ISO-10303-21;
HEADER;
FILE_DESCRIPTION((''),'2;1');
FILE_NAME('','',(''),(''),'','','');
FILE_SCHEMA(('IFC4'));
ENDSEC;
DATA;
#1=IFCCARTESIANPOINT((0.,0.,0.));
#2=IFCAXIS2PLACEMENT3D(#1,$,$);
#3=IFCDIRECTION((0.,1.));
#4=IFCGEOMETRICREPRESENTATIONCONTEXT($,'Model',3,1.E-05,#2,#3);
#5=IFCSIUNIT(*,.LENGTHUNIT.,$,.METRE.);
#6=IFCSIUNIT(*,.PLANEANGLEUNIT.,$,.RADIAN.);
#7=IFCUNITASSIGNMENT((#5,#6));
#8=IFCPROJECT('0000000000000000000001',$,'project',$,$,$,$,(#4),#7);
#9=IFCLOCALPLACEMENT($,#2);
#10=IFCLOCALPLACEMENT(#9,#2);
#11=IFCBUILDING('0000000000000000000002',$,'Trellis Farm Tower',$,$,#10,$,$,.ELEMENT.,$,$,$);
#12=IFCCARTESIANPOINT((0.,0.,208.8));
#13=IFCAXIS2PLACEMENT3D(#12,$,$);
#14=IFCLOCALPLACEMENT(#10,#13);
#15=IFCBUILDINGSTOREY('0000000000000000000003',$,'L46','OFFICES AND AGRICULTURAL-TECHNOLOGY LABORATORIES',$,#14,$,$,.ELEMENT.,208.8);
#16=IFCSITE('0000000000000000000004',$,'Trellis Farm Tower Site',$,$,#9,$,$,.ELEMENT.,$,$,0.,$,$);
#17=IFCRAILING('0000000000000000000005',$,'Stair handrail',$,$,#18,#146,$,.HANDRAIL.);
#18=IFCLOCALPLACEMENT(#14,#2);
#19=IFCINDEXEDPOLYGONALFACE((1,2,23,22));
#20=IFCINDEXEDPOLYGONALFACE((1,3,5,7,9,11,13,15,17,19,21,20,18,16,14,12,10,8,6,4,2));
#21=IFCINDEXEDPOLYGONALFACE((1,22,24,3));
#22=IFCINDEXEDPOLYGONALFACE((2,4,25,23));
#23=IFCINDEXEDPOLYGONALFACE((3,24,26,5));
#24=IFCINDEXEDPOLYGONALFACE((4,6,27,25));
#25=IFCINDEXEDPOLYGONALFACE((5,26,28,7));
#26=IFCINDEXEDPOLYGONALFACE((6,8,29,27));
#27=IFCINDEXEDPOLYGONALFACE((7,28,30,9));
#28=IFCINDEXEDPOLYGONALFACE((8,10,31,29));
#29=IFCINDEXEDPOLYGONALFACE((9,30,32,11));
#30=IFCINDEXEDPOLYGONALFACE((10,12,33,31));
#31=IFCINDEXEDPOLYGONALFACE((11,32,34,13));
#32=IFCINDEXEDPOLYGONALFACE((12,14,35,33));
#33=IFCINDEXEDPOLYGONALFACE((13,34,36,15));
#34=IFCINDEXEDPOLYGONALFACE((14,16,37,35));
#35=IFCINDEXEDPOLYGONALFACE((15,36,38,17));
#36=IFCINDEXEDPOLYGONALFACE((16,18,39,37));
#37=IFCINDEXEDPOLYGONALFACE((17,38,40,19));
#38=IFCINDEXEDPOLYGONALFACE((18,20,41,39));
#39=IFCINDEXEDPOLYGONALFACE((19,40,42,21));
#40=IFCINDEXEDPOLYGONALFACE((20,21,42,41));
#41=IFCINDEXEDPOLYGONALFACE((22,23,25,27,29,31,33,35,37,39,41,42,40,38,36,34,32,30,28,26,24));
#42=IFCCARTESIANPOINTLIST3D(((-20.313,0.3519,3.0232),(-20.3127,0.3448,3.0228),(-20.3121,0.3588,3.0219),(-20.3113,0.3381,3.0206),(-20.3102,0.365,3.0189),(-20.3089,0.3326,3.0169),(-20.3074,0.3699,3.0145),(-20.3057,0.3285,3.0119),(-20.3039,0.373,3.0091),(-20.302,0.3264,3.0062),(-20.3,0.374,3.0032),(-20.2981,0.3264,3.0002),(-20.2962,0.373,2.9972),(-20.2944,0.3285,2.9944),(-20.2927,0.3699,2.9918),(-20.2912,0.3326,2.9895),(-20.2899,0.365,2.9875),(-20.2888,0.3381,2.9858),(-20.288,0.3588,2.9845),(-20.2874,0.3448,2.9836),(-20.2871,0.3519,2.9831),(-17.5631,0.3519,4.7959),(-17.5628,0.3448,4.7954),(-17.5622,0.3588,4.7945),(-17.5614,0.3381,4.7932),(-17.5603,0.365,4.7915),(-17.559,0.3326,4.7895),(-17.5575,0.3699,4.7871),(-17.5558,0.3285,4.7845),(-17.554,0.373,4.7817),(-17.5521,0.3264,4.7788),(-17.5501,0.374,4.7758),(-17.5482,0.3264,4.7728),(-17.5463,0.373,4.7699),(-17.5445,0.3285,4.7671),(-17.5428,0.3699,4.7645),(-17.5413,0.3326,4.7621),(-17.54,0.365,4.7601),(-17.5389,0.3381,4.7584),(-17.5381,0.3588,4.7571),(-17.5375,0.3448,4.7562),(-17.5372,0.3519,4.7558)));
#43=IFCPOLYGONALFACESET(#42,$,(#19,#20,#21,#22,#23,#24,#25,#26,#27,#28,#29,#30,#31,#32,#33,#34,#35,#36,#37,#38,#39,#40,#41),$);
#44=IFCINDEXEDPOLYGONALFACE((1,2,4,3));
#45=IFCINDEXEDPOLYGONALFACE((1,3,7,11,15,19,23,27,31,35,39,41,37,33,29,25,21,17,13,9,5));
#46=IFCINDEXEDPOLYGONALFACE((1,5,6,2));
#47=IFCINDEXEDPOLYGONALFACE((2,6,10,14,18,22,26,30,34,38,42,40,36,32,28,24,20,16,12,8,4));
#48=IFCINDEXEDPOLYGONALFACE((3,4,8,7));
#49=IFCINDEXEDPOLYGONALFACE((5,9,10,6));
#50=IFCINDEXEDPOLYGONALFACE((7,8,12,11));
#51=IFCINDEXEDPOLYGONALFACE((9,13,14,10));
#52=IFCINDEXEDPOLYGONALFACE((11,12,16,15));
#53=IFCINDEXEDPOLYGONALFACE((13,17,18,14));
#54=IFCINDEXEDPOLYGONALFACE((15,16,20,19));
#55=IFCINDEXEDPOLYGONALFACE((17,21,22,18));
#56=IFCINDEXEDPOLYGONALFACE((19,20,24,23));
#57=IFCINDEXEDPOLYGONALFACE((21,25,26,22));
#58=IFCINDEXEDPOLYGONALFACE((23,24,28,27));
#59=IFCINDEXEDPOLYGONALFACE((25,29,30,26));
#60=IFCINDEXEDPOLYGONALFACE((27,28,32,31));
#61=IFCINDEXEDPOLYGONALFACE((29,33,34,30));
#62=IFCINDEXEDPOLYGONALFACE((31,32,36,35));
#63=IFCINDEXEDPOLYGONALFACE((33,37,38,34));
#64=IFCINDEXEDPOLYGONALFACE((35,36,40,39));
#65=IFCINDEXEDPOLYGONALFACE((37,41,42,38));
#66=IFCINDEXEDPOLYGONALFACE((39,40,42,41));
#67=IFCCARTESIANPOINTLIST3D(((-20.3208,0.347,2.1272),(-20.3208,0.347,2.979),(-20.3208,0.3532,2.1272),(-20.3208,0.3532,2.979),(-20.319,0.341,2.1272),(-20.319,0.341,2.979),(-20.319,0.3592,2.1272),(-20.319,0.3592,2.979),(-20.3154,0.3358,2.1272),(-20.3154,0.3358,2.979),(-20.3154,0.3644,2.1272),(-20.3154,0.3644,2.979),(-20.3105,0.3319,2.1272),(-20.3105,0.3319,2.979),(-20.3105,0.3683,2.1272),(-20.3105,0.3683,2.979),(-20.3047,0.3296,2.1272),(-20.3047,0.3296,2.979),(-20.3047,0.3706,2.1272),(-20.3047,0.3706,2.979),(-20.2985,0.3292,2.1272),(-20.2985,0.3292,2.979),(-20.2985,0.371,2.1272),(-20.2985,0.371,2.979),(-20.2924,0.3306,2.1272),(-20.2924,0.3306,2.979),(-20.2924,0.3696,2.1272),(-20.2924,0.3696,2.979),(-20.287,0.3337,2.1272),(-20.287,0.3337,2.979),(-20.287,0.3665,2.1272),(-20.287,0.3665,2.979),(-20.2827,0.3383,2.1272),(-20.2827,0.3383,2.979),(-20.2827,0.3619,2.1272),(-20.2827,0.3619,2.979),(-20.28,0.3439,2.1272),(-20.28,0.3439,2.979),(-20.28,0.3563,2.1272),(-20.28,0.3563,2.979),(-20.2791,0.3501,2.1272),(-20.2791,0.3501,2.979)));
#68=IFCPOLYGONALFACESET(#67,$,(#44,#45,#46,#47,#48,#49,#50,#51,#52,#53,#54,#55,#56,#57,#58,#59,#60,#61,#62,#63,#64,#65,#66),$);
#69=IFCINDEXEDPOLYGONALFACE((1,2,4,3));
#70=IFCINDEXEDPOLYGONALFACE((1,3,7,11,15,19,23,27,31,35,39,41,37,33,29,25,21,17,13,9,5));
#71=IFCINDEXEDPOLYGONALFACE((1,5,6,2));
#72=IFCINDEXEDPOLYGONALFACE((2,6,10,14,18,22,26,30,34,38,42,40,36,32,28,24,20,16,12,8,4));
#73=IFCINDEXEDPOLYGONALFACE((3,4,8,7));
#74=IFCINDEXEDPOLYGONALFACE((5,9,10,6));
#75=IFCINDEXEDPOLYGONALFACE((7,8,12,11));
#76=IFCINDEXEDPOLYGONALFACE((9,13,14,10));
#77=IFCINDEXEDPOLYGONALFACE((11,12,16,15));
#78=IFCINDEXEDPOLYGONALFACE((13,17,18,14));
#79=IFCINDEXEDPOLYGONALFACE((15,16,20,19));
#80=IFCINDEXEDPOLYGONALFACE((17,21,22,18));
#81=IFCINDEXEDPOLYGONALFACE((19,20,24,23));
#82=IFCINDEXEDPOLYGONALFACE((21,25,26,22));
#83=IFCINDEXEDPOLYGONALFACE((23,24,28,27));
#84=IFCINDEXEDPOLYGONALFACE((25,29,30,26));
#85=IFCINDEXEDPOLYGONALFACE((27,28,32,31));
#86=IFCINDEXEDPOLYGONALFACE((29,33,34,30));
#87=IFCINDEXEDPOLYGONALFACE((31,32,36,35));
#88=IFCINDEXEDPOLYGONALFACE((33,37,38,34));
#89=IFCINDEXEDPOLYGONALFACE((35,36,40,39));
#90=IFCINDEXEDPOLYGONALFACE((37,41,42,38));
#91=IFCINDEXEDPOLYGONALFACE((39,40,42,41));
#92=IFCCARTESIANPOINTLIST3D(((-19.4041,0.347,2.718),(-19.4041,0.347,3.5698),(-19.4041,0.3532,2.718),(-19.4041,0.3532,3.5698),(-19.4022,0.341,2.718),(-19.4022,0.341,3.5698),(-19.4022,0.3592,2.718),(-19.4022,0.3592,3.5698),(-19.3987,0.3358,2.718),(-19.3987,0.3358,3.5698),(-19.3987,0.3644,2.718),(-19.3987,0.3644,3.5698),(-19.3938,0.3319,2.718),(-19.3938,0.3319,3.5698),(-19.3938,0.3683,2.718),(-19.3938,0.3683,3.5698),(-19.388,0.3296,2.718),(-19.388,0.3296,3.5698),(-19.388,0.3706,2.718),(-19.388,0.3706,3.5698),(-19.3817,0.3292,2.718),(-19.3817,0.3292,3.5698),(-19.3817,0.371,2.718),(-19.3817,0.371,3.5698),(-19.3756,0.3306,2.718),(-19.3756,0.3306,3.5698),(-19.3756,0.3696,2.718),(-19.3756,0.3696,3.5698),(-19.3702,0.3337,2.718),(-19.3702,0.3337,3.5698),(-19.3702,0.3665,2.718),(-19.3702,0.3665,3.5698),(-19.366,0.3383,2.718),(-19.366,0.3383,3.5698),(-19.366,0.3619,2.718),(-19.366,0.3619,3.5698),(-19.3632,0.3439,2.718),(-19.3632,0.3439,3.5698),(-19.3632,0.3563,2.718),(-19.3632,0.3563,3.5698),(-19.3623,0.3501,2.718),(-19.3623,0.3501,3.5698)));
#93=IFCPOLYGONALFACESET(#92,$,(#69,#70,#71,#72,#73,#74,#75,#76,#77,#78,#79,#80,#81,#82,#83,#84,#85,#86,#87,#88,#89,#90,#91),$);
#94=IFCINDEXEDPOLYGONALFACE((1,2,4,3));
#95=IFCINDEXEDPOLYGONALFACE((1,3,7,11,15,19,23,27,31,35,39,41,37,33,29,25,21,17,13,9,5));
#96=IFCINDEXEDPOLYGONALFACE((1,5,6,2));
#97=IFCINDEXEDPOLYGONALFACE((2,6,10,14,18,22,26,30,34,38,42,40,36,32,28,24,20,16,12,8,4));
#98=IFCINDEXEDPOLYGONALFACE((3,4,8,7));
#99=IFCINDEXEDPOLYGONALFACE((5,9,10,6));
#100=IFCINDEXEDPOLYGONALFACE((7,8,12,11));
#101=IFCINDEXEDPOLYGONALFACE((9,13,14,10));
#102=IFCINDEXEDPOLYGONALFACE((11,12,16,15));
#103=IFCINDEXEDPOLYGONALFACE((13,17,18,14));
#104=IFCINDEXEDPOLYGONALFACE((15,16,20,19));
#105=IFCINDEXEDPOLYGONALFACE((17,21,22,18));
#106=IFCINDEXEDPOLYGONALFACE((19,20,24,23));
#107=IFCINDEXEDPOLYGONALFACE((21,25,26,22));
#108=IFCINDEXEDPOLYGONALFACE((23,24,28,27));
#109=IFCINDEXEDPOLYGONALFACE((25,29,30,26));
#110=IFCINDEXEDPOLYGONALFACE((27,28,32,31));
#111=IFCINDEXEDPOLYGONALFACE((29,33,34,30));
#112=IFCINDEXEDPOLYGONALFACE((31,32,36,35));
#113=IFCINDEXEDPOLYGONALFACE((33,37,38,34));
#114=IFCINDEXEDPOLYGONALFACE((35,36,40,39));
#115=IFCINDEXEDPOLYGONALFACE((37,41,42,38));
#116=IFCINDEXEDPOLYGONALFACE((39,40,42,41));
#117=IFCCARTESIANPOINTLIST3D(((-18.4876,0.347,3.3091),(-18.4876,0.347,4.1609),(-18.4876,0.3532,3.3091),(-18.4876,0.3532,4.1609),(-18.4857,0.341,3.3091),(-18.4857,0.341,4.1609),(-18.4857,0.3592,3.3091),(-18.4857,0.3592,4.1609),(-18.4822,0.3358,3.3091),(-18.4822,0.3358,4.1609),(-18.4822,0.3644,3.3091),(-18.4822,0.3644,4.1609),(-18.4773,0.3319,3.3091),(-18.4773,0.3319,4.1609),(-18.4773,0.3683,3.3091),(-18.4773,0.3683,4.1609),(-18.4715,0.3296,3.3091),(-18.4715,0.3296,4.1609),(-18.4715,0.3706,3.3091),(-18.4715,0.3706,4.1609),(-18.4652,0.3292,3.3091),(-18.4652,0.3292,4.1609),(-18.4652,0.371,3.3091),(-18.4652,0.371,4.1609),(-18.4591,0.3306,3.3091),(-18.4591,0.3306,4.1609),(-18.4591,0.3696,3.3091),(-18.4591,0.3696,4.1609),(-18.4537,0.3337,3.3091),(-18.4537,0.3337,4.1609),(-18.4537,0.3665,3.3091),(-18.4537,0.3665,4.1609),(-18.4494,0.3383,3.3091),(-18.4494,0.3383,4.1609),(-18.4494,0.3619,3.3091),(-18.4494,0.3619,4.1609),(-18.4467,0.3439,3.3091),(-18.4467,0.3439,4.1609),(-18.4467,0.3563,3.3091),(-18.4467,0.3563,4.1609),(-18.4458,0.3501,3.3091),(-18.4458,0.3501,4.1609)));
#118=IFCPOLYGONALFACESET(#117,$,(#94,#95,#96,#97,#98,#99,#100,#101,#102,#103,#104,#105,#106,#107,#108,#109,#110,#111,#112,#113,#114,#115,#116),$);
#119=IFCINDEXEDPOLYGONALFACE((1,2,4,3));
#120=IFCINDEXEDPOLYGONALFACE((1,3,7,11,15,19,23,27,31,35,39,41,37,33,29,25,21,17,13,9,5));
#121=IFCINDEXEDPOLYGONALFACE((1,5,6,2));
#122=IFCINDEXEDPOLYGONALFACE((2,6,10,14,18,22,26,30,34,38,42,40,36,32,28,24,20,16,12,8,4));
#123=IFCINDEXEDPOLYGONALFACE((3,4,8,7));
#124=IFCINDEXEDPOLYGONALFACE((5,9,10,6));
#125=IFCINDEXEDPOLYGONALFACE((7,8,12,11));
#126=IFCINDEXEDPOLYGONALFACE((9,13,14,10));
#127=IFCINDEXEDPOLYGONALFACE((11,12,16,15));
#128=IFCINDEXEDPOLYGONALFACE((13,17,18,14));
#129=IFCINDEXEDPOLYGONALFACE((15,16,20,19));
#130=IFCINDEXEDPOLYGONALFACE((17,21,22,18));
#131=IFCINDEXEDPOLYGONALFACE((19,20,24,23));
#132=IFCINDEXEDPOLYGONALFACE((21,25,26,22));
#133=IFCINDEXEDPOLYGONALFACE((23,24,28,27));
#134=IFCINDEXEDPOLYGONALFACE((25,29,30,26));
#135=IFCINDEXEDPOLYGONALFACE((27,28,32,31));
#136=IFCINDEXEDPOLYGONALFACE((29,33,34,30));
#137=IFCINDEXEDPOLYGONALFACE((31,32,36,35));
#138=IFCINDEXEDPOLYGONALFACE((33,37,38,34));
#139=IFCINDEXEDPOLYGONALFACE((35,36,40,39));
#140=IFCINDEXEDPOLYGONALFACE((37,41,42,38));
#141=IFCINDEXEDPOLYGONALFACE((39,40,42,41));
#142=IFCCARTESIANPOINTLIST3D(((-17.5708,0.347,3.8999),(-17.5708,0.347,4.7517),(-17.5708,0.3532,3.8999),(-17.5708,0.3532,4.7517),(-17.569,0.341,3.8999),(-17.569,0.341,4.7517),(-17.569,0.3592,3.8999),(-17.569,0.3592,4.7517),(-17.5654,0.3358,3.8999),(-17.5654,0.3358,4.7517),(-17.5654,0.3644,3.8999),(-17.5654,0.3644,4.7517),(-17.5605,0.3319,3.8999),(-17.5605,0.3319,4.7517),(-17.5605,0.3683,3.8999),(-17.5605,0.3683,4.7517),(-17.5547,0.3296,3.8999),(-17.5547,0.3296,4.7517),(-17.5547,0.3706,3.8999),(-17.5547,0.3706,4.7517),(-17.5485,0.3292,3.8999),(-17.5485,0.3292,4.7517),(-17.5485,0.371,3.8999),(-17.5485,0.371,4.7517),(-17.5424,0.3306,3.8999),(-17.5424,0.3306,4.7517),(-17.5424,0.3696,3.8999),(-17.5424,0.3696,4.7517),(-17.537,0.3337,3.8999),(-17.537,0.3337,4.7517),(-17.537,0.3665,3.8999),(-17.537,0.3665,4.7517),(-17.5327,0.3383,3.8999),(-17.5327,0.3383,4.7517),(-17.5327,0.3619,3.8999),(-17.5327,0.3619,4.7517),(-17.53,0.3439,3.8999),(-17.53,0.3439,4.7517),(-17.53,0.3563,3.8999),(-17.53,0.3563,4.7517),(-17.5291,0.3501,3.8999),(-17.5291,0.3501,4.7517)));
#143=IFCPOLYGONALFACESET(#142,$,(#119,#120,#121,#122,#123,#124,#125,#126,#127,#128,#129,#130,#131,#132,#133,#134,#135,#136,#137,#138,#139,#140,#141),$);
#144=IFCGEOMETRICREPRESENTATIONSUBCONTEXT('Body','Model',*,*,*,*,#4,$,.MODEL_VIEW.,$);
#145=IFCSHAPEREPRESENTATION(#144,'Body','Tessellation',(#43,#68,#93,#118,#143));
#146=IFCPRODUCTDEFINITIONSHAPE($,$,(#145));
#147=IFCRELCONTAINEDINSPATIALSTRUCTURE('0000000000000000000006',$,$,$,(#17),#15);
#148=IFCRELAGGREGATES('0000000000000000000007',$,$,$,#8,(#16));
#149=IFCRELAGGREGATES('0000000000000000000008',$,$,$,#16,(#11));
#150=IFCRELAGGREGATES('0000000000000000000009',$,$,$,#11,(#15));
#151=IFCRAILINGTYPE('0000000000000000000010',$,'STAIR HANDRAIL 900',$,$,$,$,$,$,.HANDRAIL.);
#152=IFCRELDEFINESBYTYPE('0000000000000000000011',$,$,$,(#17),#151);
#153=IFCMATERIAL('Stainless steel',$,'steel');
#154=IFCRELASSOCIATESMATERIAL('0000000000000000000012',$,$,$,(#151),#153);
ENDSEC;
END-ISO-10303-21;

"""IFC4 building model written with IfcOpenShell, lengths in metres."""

from ifc_helpers import new_model, si_unit, direction, frame, origin, origin_2d, place, context, subcontext, project, spatial, circle, extrude, source, transform, mapped, material, type_object, element, save


model = new_model("IFC4")

# Units and contexts
model_context = context("Model", 3, precision=1e-05, world=origin(), true_north=direction((0.0, 1.0)))
body_context = subcontext(model_context, "Body", "Model", "MODEL_VIEW")
ifc_project = project(units=[si_unit("LENGTHUNIT", "METRE"), si_unit("PLANEANGLEUNIT", "RADIAN")], contexts=[model_context])

# Site, building, storey
site_placement = place(None, origin())
site = spatial("IfcSite", under=ifc_project, at=site_placement, Name="Trellis Farm Tower Site", CompositionType="ELEMENT", RefElevation=0.0)
building_placement = place(site_placement, origin())
building = spatial("IfcBuilding", under=site, at=building_placement, Name="Trellis Farm Tower", CompositionType="ELEMENT")
storey_placement = place(building_placement, frame((0.0, 0.0, 208.8)))
storey = spatial("IfcBuildingStorey", under=building, at=storey_placement, Name="L46", Description="OFFICES AND AGRICULTURAL-TECHNOLOGY LABORATORIES", CompositionType="ELEMENT", Elevation=208.8)

# Railing
ifc_material_1 = material(Name="Stainless steel", Category="steel")
railing_type_1 = type_object("IfcRailingType", Name="STAIR HANDRAIL 900", PredefinedType="HANDRAIL", material=ifc_material_1)
shared_shape_1 = source(origin(), body_context, "Body", "SweptSolid", [
    extrude(circle(Radius=0.0239, at=origin_2d()), frame((0.0, 0.0, 0.876), z_axis=(0.840504, 0.0, 0.541806), x_axis=(0.0, 1.0, 0.0)), (0.0, 0.0, 1.0), 3.2717),
    extrude(circle(Radius=0.021, at=origin_2d()), origin(), (0.0, 0.0, 1.0), 0.8518),
    extrude(circle(Radius=0.021, at=origin_2d()), frame((0.9167, 0.0, 0.5908)), (0.0, 0.0, 1.0), 0.8518),
    extrude(circle(Radius=0.021, at=origin_2d()), frame((1.8333, 0.0, 1.1819)), (0.0, 0.0, 1.0), 0.8518),
    extrude(circle(Radius=0.021, at=origin_2d()), frame((2.75, 0.0, 1.7727)), (0.0, 0.0, 1.0), 0.8518),
])
for number, where, name in (
    (1, (-20.3, 0.3501, 2.1272), "Stair handrail"),
):
    element("IfcRailing", number, at=place(storey_placement, frame(where)), inside=storey, type_object=railing_type_1, Name=name, PredefinedType="HANDRAIL", context=body_context, shape_type="MappedRepresentation", body=[
        mapped(shared_shape_1, transform((0.0, 0.0, 0.0))),
    ])

save(model, "model.ifc")
